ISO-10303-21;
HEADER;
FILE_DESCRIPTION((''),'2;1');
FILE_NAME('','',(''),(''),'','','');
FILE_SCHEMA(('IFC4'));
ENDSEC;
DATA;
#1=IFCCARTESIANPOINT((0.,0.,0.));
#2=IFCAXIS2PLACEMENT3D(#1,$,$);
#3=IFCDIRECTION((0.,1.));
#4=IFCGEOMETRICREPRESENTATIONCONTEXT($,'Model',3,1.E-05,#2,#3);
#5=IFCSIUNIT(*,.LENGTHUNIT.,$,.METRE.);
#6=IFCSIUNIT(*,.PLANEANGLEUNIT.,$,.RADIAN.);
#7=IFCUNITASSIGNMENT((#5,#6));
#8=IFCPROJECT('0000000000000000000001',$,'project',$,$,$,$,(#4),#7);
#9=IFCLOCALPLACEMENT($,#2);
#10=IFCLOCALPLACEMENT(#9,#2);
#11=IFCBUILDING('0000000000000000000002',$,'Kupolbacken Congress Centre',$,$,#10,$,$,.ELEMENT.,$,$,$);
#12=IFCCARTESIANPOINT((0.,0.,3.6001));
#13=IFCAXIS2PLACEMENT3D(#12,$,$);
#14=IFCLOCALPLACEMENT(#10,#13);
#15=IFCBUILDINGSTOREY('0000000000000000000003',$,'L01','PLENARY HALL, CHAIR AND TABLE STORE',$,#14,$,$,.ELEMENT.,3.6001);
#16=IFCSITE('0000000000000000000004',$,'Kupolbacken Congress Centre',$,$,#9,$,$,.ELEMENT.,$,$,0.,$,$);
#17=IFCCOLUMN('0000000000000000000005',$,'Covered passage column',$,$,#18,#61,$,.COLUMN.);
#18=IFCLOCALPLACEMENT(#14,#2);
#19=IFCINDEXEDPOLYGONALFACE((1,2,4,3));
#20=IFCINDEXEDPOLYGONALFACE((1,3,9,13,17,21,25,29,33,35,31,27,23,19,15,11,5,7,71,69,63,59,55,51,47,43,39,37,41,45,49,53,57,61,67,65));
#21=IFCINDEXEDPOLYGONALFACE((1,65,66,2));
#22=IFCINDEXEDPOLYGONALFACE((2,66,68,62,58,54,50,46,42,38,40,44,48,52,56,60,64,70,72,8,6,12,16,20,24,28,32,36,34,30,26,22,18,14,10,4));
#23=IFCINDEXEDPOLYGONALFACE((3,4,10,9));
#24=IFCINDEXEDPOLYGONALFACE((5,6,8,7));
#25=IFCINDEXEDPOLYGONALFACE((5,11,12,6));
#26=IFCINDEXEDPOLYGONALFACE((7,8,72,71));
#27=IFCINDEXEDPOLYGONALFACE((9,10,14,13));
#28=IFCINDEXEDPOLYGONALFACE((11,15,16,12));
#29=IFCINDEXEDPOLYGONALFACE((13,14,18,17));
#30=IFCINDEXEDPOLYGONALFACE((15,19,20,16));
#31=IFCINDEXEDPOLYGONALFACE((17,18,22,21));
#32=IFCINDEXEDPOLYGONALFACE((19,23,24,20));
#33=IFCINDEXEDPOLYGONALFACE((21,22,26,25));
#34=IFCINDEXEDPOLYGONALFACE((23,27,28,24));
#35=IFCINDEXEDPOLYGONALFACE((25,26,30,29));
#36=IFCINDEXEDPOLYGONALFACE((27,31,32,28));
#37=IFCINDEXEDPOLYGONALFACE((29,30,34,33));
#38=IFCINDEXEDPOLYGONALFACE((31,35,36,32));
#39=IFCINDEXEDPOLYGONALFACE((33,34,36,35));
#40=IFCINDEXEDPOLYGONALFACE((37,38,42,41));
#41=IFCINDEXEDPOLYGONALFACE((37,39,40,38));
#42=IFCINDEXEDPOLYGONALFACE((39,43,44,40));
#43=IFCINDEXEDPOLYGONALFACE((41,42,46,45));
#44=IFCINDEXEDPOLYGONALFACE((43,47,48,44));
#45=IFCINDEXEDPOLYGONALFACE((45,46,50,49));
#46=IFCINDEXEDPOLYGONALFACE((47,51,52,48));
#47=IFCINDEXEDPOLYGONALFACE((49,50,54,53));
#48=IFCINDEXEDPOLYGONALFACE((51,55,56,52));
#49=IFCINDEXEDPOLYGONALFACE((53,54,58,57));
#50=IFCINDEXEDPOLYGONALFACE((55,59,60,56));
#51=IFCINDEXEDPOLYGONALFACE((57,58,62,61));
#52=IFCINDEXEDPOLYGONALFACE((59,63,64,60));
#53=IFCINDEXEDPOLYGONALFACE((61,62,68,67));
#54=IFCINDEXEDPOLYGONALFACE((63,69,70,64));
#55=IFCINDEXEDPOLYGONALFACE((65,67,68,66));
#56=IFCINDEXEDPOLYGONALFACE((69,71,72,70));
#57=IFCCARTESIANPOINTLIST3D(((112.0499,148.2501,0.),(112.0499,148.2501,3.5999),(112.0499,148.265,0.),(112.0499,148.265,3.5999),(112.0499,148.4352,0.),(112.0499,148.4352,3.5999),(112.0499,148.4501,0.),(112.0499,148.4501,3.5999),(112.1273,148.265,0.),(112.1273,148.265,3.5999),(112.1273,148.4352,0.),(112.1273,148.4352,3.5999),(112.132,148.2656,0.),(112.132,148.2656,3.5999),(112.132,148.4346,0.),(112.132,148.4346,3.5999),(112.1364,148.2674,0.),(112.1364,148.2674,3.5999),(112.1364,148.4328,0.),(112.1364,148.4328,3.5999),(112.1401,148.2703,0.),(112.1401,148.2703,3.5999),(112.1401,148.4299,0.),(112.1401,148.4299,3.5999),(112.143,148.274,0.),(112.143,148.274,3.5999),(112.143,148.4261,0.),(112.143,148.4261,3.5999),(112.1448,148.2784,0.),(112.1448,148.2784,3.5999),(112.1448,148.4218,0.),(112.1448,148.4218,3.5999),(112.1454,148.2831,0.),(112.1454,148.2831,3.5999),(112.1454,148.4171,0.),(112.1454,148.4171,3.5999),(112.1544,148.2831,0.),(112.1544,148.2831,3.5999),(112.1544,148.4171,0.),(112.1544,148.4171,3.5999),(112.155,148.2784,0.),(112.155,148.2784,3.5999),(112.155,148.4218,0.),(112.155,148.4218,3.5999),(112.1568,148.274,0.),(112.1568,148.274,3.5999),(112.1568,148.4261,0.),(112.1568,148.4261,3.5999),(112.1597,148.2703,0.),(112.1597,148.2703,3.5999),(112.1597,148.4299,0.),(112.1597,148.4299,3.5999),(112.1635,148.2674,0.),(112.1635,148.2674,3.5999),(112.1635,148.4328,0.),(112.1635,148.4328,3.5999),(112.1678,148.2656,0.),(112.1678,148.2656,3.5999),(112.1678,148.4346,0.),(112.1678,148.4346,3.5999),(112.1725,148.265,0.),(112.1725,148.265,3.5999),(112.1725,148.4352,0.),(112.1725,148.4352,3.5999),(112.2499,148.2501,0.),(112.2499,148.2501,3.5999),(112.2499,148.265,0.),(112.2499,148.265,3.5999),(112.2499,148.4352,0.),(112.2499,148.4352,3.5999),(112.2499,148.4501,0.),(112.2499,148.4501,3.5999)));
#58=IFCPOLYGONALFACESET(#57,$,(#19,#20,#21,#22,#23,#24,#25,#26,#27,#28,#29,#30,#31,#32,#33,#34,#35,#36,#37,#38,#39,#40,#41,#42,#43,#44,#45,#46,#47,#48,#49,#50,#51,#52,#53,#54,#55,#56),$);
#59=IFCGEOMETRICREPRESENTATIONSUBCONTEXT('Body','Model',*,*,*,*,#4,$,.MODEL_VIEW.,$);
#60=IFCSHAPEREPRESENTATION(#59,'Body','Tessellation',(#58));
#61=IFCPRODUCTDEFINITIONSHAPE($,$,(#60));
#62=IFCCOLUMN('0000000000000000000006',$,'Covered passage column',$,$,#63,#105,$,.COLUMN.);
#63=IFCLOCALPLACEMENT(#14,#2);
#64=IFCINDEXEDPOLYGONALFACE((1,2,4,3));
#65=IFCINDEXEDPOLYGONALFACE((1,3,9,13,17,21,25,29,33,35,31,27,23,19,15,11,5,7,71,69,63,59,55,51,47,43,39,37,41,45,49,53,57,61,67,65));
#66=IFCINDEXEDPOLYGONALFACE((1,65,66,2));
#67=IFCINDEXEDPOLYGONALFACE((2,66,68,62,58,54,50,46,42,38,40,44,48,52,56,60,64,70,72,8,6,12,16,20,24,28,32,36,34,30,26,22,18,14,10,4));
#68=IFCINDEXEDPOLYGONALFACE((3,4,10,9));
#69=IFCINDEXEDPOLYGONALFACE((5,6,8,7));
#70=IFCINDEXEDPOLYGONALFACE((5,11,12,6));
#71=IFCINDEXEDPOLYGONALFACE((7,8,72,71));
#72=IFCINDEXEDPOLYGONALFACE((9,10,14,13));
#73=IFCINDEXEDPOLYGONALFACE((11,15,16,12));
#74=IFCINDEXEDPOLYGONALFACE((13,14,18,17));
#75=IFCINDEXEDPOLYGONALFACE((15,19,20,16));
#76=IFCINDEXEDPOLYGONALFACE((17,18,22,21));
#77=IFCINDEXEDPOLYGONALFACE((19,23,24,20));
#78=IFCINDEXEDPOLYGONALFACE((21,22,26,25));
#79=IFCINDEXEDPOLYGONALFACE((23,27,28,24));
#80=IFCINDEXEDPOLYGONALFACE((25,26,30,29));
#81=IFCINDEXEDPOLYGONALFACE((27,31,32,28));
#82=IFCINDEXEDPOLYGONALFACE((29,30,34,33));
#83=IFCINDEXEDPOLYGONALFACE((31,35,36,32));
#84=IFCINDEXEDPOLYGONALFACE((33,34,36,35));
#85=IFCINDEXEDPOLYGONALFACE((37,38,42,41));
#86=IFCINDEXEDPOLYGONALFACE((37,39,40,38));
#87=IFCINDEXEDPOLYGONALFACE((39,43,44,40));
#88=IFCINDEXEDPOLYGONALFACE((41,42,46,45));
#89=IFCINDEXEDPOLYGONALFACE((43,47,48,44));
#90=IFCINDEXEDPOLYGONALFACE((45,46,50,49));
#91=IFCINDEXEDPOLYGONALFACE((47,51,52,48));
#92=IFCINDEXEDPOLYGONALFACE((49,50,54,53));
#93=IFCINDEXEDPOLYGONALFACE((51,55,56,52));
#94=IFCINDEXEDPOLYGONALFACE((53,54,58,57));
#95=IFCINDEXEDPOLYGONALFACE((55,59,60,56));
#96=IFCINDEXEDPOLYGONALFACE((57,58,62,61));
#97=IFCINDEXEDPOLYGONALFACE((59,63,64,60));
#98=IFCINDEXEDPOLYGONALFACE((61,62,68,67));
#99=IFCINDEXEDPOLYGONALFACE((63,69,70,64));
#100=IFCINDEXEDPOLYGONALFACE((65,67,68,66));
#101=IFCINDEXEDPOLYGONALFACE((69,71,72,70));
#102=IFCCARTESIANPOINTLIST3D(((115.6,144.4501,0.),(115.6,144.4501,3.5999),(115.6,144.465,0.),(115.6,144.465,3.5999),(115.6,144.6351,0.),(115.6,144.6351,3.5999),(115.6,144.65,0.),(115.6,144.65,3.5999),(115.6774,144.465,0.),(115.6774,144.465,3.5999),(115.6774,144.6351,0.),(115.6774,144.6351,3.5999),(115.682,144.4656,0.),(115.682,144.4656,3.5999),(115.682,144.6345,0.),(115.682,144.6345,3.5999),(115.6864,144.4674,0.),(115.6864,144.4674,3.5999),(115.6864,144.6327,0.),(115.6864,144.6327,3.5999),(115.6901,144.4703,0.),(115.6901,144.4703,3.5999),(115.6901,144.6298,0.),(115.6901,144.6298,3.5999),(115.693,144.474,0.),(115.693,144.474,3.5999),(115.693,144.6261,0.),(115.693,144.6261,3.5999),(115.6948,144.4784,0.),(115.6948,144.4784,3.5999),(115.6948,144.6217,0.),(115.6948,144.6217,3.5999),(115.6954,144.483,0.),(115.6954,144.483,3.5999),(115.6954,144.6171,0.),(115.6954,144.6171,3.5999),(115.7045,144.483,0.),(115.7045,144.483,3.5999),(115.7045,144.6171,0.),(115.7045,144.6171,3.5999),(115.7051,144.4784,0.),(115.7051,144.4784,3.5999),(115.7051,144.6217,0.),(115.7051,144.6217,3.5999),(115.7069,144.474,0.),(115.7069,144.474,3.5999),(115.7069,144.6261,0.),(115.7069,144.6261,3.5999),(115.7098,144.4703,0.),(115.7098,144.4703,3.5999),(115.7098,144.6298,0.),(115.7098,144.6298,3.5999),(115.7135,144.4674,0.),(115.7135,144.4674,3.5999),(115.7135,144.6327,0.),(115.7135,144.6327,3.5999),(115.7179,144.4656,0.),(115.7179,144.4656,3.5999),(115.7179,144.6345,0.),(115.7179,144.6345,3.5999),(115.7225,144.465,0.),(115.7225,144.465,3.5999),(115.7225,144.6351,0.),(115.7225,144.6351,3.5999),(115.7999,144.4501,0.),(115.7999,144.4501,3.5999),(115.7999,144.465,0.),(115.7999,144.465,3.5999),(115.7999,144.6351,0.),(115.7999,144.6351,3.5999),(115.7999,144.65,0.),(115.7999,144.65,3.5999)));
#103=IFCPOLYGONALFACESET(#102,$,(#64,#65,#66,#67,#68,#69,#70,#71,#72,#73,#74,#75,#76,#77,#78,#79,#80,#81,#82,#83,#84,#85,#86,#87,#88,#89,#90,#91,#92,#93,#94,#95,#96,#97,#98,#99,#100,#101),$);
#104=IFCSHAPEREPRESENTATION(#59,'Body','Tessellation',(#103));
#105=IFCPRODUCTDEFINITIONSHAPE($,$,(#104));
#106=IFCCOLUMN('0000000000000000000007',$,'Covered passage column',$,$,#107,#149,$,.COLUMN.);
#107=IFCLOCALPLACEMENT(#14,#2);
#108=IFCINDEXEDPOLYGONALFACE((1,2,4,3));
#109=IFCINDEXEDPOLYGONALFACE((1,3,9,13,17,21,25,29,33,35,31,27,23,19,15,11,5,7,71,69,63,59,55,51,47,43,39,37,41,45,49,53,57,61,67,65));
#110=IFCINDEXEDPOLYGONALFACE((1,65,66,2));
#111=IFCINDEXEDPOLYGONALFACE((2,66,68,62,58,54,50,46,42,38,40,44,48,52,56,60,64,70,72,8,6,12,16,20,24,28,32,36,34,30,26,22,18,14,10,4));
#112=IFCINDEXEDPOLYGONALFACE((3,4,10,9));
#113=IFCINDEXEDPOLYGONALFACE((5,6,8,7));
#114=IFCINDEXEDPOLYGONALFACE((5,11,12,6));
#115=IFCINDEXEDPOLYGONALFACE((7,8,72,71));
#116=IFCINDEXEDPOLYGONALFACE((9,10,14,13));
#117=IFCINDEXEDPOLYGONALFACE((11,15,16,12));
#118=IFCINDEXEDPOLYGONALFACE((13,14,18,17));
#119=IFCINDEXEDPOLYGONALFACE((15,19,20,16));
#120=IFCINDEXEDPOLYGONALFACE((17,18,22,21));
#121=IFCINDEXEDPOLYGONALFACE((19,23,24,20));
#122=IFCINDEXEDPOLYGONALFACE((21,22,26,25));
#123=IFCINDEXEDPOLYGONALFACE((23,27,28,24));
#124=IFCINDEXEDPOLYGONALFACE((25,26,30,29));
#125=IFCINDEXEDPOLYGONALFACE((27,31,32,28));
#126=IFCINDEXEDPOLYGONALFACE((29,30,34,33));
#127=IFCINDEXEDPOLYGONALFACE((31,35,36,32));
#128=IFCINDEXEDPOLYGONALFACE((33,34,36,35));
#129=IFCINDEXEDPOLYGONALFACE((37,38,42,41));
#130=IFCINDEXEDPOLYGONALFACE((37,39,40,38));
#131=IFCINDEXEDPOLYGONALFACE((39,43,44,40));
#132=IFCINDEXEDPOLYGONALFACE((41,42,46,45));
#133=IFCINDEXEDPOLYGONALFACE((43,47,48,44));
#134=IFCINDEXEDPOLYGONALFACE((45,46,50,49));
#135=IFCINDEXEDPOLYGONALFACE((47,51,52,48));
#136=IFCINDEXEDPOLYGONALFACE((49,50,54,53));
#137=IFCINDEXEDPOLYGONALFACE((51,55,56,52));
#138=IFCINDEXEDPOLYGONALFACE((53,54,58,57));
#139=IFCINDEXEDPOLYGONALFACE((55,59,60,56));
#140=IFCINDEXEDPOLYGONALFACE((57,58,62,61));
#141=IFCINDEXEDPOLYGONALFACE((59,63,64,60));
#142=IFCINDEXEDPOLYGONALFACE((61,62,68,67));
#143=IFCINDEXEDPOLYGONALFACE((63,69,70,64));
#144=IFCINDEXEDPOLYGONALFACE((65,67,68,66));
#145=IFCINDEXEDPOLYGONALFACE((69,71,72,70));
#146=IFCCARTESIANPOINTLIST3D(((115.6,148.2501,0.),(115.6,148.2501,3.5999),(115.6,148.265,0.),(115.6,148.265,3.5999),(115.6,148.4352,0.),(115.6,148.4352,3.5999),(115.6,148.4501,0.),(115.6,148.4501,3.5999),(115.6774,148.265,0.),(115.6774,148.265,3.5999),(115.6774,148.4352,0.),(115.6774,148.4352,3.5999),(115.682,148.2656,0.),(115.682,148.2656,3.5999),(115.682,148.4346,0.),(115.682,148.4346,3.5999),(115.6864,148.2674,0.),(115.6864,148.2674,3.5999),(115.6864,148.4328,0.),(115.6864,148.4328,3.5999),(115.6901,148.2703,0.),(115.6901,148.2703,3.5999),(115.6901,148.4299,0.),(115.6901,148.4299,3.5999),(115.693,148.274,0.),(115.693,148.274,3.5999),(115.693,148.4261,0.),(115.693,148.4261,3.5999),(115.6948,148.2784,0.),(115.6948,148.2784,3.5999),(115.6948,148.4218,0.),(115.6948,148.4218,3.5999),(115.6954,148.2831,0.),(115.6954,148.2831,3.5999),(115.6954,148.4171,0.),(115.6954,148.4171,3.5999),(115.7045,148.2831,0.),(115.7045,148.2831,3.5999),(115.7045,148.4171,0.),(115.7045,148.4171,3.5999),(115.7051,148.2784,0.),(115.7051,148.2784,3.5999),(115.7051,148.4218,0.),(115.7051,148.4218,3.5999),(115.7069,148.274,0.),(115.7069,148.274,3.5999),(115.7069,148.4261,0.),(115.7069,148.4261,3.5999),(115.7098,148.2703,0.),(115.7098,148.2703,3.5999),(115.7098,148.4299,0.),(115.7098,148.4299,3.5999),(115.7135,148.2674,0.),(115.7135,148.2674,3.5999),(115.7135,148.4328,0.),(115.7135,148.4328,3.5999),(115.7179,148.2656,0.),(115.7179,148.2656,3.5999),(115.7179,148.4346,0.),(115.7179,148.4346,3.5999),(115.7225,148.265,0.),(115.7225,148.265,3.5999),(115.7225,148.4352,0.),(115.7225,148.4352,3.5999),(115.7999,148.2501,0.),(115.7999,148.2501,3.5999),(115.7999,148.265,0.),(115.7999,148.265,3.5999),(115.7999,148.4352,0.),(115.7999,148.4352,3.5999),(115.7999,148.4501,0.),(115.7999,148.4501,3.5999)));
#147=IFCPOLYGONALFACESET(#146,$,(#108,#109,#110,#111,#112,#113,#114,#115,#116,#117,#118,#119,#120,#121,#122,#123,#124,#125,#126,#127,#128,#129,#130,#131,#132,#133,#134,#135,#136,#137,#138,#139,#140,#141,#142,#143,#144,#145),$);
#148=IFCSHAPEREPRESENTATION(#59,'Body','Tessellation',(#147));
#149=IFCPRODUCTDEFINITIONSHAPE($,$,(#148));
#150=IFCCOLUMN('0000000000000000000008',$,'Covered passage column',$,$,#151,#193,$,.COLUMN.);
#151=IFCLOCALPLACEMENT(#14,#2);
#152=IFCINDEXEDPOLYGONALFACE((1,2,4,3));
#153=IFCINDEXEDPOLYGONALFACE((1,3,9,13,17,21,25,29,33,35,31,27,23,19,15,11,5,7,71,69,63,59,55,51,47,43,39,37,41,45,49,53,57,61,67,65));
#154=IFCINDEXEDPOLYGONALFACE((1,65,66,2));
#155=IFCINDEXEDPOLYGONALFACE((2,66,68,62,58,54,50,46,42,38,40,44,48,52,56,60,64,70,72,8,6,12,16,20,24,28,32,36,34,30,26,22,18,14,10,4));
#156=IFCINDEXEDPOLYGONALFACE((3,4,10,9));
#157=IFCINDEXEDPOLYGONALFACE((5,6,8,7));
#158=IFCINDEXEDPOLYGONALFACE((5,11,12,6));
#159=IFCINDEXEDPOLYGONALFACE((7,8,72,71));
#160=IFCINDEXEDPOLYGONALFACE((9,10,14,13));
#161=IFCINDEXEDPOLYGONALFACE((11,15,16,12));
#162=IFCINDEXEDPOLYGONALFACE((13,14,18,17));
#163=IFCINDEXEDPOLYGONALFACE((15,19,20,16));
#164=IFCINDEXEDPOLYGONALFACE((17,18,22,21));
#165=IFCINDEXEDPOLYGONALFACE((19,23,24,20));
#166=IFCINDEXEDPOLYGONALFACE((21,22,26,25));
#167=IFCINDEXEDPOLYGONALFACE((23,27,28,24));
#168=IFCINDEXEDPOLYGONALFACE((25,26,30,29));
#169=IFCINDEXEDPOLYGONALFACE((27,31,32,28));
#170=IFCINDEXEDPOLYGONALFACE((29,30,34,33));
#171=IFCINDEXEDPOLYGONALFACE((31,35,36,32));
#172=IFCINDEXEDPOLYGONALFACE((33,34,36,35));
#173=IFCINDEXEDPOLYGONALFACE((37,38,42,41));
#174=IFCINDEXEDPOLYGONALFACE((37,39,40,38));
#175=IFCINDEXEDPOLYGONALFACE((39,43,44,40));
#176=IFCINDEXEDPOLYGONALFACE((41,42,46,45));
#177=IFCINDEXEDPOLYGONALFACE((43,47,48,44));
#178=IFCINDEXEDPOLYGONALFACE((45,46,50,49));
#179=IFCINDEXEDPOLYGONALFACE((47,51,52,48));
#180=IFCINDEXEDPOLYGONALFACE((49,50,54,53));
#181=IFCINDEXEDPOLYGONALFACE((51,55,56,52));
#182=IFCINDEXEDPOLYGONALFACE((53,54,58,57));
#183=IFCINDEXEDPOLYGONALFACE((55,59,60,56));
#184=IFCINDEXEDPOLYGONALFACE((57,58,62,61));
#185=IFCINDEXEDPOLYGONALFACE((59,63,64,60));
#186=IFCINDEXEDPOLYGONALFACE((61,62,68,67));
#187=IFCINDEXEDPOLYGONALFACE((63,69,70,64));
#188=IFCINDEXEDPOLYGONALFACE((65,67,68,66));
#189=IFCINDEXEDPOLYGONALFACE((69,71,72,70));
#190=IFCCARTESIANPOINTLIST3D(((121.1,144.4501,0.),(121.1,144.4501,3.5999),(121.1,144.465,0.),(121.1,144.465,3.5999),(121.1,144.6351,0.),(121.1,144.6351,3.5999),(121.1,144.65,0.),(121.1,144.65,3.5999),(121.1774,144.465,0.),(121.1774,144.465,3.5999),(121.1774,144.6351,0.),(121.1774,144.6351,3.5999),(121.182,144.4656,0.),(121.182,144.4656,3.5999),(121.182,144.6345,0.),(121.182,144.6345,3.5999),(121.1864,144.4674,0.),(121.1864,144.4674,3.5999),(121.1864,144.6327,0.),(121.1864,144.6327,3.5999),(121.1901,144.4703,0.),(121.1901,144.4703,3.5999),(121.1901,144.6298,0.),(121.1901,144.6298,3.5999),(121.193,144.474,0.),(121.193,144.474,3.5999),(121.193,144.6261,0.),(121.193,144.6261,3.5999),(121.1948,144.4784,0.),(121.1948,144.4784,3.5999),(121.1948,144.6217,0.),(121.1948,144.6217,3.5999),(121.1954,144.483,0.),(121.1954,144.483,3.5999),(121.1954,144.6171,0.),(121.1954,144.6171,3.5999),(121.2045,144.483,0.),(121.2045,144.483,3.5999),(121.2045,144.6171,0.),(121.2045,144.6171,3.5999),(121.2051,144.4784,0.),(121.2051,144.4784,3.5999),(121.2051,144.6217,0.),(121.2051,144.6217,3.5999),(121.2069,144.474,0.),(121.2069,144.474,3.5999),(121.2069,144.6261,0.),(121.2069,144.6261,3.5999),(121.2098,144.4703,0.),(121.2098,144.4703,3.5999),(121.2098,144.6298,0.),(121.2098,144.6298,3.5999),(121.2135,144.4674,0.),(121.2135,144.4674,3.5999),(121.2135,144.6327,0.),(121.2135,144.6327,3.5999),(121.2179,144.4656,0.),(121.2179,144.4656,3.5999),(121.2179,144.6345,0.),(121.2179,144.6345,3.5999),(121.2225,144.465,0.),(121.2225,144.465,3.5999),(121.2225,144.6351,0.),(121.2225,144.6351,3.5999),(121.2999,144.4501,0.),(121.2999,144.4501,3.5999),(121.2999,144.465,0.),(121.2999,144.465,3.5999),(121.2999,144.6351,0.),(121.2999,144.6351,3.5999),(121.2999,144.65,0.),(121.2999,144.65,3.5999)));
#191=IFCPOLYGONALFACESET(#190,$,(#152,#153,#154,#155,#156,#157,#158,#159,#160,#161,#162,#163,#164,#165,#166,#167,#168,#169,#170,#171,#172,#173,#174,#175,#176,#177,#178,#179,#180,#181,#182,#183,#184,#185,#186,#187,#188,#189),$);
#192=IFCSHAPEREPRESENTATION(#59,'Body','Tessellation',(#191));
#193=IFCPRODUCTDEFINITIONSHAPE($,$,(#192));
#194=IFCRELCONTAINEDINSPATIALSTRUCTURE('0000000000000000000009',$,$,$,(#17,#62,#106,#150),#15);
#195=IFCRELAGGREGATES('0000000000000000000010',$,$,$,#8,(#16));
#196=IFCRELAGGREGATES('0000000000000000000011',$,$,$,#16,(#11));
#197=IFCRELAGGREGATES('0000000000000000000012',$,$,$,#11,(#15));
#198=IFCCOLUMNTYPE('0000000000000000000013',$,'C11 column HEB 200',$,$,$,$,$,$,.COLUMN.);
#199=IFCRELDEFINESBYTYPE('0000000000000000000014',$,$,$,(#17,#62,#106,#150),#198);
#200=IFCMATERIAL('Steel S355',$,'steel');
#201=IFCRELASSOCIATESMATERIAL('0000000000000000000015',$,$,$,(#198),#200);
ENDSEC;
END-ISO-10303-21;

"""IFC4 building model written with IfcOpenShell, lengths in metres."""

from ifc_helpers import new_model, si_unit, direction, frame, origin, origin_2d, place, context, subcontext, project, spatial, i_section, extrude, material, material_profile, profile_set, type_object, element, save


model = new_model("IFC4")

# Units and contexts
model_context = context("Model", 3, precision=1e-05, world=origin(), true_north=direction((0.0, 1.0)))
body_context = subcontext(model_context, "Body", "Model", "MODEL_VIEW")
ifc_project = project(units=[si_unit("LENGTHUNIT", "METRE"), si_unit("PLANEANGLEUNIT", "RADIAN")], contexts=[model_context])

# Site, building, storey
site_placement = place(None, origin())
site = spatial("IfcSite", under=ifc_project, at=site_placement, Name="Kupolbacken Congress Centre", CompositionType="ELEMENT", RefElevation=0.0)
building_placement = place(site_placement, origin())
building = spatial("IfcBuilding", under=site, at=building_placement, Name="Kupolbacken Congress Centre", CompositionType="ELEMENT")
storey_placement = place(building_placement, frame((0.0, 0.0, 3.6001)))
storey = spatial("IfcBuildingStorey", under=building, at=storey_placement, Name="L01", Description="PLENARY HALL, CHAIR AND TABLE STORE", CompositionType="ELEMENT", Elevation=3.6001)

# Columns
ifc_material_1 = material(Name="Steel S355", Category="steel")
ifc_material_profile_1 = material_profile(ifc_material_1, i_section(OverallWidth=0.2, OverallDepth=0.2, WebThickness=0.009, FlangeThickness=0.0149, FilletRadius=0.0181, at=origin_2d()), Name="HEB 200")
ifc_profile_set_1 = profile_set([ifc_material_profile_1], Name="Steel S355")
column_type_1 = type_object("IfcColumnType", Name="C11 column HEB 200", PredefinedType="COLUMN", material=ifc_profile_set_1)
for number, where, z_axis, x_axis, name in (
    (1, (112.1499, 148.3501, 0.0), (0.0, 0.0, 1.0), (1.0, 0.0, 0.0), "Covered passage column"),
    (2, (115.7, 144.55, 0.0), (0.0, 0.0, 1.0), (1.0, 0.0, 0.0), "Covered passage column"),
    (3, (115.7, 148.3501, 0.0), (0.0, 0.0, 1.0), (1.0, 0.0, 0.0), "Covered passage column"),
    (4, (121.2, 144.55, 0.0), (0.0, 0.0, 1.0), (1.0, 0.0, 0.0), "Covered passage column"),
):
    element("IfcColumn", number, at=place(storey_placement, frame(where, z_axis=z_axis, x_axis=x_axis)), inside=storey, type_object=column_type_1, Name=name, PredefinedType="COLUMN", context=body_context, shape_type="SweptSolid", body=[
        extrude(i_section(OverallWidth=0.2, OverallDepth=0.2, WebThickness=0.009, FlangeThickness=0.0149, FilletRadius=0.0181, at=origin_2d()), origin(), (0.0, 0.0, 1.0), 3.5999),
    ])

save(model, "model.ifc")
